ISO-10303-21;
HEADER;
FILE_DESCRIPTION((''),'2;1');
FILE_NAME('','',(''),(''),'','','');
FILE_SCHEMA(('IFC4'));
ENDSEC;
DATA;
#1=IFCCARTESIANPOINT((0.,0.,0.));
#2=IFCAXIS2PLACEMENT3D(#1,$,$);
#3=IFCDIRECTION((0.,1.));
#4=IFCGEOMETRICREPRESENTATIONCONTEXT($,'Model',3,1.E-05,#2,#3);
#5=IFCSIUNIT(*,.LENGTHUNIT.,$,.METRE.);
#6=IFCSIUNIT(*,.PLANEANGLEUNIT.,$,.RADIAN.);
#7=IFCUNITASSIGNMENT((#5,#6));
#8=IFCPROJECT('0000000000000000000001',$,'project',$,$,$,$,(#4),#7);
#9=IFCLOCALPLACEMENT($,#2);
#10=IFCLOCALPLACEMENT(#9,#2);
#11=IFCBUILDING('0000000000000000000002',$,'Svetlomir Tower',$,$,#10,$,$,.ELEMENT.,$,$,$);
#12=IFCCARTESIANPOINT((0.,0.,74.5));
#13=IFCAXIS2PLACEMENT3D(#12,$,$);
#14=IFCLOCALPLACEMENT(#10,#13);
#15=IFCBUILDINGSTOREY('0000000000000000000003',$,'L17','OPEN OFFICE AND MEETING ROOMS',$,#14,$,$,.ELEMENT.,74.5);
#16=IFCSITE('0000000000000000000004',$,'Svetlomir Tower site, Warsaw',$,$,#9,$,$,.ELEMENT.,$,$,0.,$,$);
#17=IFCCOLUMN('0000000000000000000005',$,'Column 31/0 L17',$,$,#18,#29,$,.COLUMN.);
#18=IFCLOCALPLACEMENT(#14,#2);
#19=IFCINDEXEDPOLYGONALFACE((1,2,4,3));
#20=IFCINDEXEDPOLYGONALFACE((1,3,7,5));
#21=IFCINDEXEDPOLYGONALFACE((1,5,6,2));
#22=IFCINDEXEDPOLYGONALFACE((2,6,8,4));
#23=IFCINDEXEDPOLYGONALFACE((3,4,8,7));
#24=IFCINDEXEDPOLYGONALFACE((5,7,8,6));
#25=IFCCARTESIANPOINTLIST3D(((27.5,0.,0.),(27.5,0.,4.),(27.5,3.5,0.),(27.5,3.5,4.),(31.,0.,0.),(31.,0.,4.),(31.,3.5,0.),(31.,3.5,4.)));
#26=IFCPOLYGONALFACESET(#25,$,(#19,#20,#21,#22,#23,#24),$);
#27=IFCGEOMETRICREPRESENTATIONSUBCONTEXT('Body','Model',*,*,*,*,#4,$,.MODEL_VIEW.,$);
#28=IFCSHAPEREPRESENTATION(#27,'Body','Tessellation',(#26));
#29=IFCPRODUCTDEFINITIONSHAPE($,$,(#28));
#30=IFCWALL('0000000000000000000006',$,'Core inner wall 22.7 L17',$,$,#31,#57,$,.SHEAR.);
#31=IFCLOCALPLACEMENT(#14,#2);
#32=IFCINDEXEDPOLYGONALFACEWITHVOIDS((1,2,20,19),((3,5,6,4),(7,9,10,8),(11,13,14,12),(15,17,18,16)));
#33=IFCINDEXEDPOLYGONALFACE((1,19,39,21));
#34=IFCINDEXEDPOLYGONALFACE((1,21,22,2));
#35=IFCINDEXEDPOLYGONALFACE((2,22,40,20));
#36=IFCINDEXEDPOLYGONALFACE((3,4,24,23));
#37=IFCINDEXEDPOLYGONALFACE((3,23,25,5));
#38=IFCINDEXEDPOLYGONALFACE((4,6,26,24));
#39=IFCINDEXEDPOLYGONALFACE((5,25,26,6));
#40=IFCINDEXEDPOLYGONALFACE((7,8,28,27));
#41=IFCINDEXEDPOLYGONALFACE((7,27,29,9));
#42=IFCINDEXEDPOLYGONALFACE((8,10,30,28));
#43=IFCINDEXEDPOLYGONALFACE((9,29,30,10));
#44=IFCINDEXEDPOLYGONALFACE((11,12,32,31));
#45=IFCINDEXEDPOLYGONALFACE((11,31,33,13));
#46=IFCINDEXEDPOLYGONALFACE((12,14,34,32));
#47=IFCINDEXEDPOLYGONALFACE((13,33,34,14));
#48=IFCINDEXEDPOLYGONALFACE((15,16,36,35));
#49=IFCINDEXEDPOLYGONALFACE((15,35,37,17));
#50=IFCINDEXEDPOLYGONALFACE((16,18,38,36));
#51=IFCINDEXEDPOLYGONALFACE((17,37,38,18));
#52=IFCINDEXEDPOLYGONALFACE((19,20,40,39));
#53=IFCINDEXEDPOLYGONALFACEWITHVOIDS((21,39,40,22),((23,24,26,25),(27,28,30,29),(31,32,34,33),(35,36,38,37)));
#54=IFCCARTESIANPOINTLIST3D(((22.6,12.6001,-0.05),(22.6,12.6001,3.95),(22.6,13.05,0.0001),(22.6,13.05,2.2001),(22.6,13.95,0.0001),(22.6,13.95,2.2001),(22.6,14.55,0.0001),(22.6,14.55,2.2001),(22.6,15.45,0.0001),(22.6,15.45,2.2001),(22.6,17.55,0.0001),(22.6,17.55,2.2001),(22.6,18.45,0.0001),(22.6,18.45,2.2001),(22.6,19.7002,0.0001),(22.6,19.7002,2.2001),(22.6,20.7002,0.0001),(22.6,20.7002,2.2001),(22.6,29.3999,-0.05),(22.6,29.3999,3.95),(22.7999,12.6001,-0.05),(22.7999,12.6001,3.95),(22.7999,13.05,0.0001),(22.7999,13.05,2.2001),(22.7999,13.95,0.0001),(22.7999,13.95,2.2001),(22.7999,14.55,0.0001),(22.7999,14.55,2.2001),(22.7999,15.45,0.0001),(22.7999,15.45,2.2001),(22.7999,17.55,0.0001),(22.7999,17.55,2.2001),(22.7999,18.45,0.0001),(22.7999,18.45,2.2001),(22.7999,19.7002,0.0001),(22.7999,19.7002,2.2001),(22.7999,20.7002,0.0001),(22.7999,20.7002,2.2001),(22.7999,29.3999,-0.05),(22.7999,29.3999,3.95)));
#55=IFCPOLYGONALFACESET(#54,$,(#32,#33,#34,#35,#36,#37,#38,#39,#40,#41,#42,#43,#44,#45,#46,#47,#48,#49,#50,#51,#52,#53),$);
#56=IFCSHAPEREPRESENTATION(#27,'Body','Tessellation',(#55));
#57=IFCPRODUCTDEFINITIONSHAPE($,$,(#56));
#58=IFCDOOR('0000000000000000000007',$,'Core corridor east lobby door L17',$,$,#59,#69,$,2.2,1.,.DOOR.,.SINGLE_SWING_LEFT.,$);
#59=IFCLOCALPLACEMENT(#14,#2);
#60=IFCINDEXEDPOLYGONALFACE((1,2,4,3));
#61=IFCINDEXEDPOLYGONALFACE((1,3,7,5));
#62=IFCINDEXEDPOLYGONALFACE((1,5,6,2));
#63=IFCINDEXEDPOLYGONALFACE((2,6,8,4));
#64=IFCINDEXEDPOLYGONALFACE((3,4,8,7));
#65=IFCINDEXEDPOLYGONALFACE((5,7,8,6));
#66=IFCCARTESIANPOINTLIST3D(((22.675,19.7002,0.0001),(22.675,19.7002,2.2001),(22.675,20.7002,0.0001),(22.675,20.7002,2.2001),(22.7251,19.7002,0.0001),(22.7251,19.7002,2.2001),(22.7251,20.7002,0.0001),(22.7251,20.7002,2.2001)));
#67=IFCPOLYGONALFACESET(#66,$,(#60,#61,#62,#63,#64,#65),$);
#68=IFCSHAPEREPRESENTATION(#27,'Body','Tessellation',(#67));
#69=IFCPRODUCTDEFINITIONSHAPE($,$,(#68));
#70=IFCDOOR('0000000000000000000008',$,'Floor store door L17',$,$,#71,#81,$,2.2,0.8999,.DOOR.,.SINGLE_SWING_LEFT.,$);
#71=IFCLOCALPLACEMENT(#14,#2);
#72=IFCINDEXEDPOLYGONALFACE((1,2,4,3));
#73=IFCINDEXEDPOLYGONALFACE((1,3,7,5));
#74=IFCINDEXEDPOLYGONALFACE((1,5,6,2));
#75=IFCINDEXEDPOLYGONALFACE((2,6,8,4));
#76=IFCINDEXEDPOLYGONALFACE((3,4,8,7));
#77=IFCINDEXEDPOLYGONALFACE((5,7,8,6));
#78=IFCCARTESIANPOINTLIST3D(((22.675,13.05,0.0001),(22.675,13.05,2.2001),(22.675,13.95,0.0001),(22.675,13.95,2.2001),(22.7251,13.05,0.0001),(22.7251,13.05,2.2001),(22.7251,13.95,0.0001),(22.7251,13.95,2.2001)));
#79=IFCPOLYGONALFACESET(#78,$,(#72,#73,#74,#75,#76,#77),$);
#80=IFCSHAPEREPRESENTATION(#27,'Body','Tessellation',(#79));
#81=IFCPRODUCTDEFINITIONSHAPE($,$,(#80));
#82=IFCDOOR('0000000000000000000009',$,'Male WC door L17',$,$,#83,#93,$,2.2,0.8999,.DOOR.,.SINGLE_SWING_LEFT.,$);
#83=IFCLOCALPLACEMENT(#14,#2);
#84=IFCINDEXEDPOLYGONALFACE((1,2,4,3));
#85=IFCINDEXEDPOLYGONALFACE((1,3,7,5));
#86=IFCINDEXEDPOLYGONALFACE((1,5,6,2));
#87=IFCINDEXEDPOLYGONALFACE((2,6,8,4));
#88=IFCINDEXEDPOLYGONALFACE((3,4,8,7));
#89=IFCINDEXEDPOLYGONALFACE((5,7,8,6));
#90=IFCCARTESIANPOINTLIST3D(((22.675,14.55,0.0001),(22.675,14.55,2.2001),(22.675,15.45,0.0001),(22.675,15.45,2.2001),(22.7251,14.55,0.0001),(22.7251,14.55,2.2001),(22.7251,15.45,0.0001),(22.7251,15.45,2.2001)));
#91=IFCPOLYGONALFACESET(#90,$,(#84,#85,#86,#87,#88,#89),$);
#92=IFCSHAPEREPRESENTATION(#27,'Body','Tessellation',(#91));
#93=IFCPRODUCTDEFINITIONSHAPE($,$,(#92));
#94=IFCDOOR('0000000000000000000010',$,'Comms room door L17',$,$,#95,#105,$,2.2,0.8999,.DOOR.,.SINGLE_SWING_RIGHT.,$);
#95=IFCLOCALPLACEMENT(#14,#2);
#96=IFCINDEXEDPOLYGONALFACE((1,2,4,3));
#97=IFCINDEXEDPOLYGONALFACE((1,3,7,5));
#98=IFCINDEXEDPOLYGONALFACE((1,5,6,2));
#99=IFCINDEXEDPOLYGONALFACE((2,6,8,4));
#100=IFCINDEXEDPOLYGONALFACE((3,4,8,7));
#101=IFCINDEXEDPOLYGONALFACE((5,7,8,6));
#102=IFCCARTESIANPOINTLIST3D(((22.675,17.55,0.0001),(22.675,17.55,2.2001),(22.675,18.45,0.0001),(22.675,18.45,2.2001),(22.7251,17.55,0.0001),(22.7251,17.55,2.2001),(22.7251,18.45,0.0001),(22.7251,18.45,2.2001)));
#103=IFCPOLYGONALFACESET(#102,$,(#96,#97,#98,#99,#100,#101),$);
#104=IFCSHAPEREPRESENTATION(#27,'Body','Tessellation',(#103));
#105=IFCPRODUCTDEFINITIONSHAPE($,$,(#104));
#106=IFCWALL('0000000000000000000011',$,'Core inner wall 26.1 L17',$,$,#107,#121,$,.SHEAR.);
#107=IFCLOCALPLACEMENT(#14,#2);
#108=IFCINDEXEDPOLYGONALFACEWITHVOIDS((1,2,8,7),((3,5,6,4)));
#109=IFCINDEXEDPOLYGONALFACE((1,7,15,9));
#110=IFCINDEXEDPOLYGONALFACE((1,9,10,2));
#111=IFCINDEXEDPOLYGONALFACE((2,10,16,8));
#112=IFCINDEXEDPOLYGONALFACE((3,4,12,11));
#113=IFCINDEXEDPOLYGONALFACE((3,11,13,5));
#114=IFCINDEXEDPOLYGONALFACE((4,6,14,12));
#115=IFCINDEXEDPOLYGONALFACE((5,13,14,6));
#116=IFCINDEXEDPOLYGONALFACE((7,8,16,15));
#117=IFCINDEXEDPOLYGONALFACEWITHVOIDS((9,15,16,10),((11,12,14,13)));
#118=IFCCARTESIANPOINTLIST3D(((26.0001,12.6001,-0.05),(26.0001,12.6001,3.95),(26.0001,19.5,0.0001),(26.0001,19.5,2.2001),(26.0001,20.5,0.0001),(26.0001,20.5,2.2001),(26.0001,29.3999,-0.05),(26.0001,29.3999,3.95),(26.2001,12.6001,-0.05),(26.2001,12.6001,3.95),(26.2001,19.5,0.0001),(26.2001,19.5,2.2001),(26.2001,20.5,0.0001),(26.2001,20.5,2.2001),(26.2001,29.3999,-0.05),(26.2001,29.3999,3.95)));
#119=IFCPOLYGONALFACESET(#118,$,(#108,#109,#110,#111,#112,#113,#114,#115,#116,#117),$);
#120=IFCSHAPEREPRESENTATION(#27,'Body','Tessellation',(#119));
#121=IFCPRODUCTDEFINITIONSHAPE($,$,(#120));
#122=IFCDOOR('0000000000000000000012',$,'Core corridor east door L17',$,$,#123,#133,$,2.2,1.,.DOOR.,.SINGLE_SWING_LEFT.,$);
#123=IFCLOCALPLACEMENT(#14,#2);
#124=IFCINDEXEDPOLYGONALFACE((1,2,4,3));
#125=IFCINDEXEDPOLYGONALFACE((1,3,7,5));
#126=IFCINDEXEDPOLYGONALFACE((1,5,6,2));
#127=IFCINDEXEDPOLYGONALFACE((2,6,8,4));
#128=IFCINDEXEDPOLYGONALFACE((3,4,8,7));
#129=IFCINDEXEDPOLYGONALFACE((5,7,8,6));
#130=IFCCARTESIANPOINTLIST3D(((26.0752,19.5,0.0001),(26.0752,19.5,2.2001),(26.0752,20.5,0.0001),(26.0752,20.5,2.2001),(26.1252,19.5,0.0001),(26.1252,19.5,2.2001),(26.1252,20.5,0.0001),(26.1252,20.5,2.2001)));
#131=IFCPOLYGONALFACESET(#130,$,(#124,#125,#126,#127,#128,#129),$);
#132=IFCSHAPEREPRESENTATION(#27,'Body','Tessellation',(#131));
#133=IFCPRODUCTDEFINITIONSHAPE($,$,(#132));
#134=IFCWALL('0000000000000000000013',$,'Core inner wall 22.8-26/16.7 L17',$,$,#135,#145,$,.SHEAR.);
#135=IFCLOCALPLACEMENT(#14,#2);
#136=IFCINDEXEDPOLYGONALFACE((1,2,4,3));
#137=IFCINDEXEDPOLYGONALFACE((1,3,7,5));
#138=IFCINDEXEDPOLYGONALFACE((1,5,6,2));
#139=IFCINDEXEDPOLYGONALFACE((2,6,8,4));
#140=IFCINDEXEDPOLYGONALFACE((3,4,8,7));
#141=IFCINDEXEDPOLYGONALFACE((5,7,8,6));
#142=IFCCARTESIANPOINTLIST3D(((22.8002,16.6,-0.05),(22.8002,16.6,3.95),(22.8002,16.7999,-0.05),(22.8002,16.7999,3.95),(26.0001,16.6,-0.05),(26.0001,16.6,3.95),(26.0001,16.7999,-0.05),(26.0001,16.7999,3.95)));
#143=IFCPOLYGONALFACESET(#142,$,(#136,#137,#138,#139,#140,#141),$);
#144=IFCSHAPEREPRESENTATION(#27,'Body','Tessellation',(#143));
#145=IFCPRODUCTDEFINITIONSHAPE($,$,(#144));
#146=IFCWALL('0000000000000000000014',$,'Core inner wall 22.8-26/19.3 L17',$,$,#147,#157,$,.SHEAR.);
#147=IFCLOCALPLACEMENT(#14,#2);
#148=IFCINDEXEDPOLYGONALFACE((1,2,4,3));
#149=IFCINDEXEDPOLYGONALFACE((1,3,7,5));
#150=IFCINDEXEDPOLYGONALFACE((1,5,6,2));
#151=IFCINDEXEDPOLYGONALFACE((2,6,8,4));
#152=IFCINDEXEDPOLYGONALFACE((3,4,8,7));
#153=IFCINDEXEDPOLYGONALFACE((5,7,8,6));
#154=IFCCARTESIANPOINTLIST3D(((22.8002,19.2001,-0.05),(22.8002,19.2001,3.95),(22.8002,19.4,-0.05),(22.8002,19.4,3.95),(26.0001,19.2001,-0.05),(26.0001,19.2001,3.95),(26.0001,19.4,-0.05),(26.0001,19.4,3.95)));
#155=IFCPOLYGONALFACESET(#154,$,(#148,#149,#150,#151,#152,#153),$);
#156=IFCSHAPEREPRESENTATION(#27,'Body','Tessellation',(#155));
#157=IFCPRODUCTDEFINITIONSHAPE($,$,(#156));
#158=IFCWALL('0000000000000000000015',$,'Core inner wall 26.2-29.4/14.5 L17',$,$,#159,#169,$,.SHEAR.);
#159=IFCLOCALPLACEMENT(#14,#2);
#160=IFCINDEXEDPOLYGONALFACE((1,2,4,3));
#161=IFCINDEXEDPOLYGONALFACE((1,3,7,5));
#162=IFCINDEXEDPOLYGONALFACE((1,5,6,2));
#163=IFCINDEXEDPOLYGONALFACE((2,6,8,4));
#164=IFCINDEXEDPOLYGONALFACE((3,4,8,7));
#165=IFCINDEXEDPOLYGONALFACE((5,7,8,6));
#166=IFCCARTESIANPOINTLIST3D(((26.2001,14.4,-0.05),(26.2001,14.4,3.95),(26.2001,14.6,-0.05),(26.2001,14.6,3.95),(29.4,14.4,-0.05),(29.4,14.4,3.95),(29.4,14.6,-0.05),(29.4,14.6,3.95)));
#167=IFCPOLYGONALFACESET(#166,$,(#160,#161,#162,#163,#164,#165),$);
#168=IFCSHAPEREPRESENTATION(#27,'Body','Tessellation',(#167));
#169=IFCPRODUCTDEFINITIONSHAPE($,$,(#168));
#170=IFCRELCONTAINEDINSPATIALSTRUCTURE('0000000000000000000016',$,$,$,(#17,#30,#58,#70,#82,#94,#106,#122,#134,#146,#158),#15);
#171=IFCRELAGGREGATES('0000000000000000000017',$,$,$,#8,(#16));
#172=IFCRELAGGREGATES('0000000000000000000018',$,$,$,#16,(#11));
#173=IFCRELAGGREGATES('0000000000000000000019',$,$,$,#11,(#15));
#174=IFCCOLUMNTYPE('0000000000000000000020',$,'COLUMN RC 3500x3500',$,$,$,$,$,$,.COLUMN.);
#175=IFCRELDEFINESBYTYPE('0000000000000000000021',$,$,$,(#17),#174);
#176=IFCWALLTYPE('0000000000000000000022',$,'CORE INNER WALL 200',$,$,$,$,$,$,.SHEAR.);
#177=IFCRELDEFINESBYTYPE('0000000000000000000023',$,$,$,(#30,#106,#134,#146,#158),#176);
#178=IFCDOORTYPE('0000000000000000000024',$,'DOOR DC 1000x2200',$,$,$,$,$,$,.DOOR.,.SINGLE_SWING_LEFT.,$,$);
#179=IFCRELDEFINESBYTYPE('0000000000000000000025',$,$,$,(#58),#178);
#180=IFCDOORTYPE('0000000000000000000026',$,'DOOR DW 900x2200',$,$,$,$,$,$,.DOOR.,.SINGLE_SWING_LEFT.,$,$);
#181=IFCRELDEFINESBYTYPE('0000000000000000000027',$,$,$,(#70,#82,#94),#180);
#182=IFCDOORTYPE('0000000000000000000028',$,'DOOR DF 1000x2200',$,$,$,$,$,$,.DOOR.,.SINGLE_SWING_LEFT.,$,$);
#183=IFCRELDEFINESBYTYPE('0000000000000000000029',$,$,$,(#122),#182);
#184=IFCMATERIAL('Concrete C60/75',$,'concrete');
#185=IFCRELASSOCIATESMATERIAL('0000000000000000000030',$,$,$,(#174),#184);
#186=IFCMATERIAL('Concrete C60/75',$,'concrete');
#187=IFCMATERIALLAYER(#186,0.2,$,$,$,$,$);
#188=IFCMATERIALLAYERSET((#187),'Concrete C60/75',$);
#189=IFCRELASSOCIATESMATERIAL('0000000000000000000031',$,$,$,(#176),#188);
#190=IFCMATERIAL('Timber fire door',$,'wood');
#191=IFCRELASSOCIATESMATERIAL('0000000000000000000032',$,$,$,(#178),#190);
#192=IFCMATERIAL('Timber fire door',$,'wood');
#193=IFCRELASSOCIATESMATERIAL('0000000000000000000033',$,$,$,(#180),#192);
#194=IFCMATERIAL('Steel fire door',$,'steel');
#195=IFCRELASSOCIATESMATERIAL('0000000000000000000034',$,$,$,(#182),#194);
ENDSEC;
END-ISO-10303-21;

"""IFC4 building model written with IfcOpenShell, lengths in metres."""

from ifc_helpers import new_model, si_unit, direction, frame, frame_2d, origin, origin_2d, place, context, subcontext, project, spatial, rectangle, extrude, material, layer, layer_set, material_profile, profile_set, type_object, element, fill, save


model = new_model("IFC4")

# Units and contexts
model_context = context("Model", 3, precision=1e-05, world=origin(), true_north=direction((0.0, 1.0)))
body_context = subcontext(model_context, "Body", "Model", "MODEL_VIEW")
ifc_project = project(units=[si_unit("LENGTHUNIT", "METRE"), si_unit("PLANEANGLEUNIT", "RADIAN")], contexts=[model_context])

# Site, building, storey
site_placement = place(None, origin())
site = spatial("IfcSite", under=ifc_project, at=site_placement, Name="Svetlomir Tower site, Warsaw", CompositionType="ELEMENT", RefElevation=0.0)
building_placement = place(site_placement, origin())
building = spatial("IfcBuilding", under=site, at=building_placement, Name="Svetlomir Tower", CompositionType="ELEMENT")
storey_placement = place(building_placement, frame((0.0, 0.0, 74.5)))
storey = spatial("IfcBuildingStorey", under=building, at=storey_placement, Name="L17", Description="OPEN OFFICE AND MEETING ROOMS", CompositionType="ELEMENT", Elevation=74.5)

# Column
ifc_material_1 = material(Name="Concrete C60/75", Category="concrete")
ifc_material_profile = material_profile(ifc_material_1, rectangle(XDim=3.5, YDim=3.5, at=origin_2d()), Name="RC 3500x3500")
ifc_profile_set = profile_set([ifc_material_profile], Name="Concrete C60/75")
column_type = type_object("IfcColumnType", Name="COLUMN RC 3500x3500", PredefinedType="COLUMN", material=ifc_profile_set)
column_placement = place(storey_placement, frame((29.25, 1.75, 0.0), z_axis=(0.0, 0.0, 1.0), x_axis=(1.0, 0.0, 0.0)))
element("IfcColumn", 1, at=column_placement, inside=storey, type_object=column_type, Name="Column 31/0 L17", PredefinedType="COLUMN", context=body_context, shape_type="SweptSolid", body=[
    extrude(rectangle(XDim=3.5, YDim=3.5, at=origin_2d()), origin(), (0.0, 0.0, 1.0), 4.0),
])

# Wall, openings, doors
ifc_material_2 = material(Name="Concrete C60/75", Category="concrete")
ifc_layer_1 = layer(ifc_material_2, 0.2)
ifc_layer_set_1 = layer_set([ifc_layer_1], Name="Concrete C60/75")
wall_type_1 = type_object("IfcWallType", Name="CORE INNER WALL 200", PredefinedType="SHEAR", material=ifc_layer_set_1)
wall_1_placement = place(storey_placement, frame((22.7, 12.6001, -0.05), z_axis=(0.0, 0.0, 1.0), x_axis=(0.0, 1.0, 0.0)))
wall_1 = element("IfcWall", 2, at=wall_1_placement, inside=storey, type_object=wall_type_1, Name="Core inner wall 22.7 L17", PredefinedType="SHEAR", context=body_context, shape_type="SweptSolid", body=[
    extrude(rectangle(XDim=16.7998, YDim=0.2, at=frame_2d((8.3999, 0.0))), origin(), (0.0, 0.0, 1.0), 4.0),
])
opening_1_placement = place(wall_1_placement, frame((0.45, 0.0, 0.05)))
opening_1 = element("IfcOpeningElement", 3, at=opening_1_placement, cuts=wall_1, PredefinedType="OPENING", context=body_context, shape_type="SweptSolid", body=[
    extrude(rectangle(XDim=0.8999, YDim=2.2, at=frame_2d((0.45, 1.1001))), frame((0.0, 0.1099, 0.0), z_axis=(0.0, -1.0, 0.0), x_axis=(1.0, 0.0, 0.0)), (0.0, 0.0, 1.0), 0.22),
])
opening_2_placement = place(wall_1_placement, frame((7.1001, 0.0, 0.05)))
opening_2 = element("IfcOpeningElement", 4, at=opening_2_placement, cuts=wall_1, PredefinedType="OPENING", context=body_context, shape_type="SweptSolid", body=[
    extrude(rectangle(XDim=1.0, YDim=2.2, at=frame_2d((0.5, 1.1001))), frame((0.0, 0.1099, 0.0), z_axis=(0.0, -1.0, 0.0), x_axis=(1.0, 0.0, 0.0)), (0.0, 0.0, 1.0), 0.22),
])
opening_3_placement = place(wall_1_placement, frame((1.95, 0.0, 0.05)))
opening_3 = element("IfcOpeningElement", 5, at=opening_3_placement, cuts=wall_1, PredefinedType="OPENING", context=body_context, shape_type="SweptSolid", body=[
    extrude(rectangle(XDim=0.8999, YDim=2.2, at=frame_2d((0.45, 1.1001))), frame((0.0, 0.1099, 0.0), z_axis=(0.0, -1.0, 0.0), x_axis=(1.0, 0.0, 0.0)), (0.0, 0.0, 1.0), 0.22),
])
opening_4_placement = place(wall_1_placement, frame((4.95, 0.0, 0.05)))
opening_4 = element("IfcOpeningElement", 6, at=opening_4_placement, cuts=wall_1, PredefinedType="OPENING", context=body_context, shape_type="SweptSolid", body=[
    extrude(rectangle(XDim=0.8999, YDim=2.2, at=frame_2d((0.45, 1.1001))), frame((0.0, 0.1099, 0.0), z_axis=(0.0, -1.0, 0.0), x_axis=(1.0, 0.0, 0.0)), (0.0, 0.0, 1.0), 0.22),
])
ifc_material_3 = material(Name="Timber fire door", Category="wood")
door_type_1 = type_object("IfcDoorType", Name="DOOR DC 1000x2200", OperationType="SINGLE_SWING_LEFT", PredefinedType="DOOR", material=ifc_material_3)
door_1_placement = place(opening_2_placement, origin())
door_1 = element("IfcDoor", 7, at=door_1_placement, inside=storey, type_object=door_type_1, Name="Core corridor east lobby door L17", OperationType="SINGLE_SWING_LEFT", OverallHeight=2.2, OverallWidth=1.0, PredefinedType="DOOR", context=body_context, shape_type="SweptSolid", body=[
    extrude(rectangle(XDim=1.0, YDim=2.2, at=frame_2d((0.5, 1.1001))), frame((0.0, 0.0249, 0.0), z_axis=(0.0, -1.0, 0.0), x_axis=(1.0, 0.0, 0.0)), (0.0, 0.0, 1.0), 0.05),
])
fill(opening_2, door_1)
ifc_material_4 = material(Name="Timber fire door", Category="wood")
door_type_2 = type_object("IfcDoorType", Name="DOOR DW 900x2200", OperationType="SINGLE_SWING_LEFT", PredefinedType="DOOR", material=ifc_material_4)
door_2_placement = place(opening_1_placement, origin())
door_2 = element("IfcDoor", 8, at=door_2_placement, inside=storey, type_object=door_type_2, Name="Floor store door L17", OperationType="SINGLE_SWING_LEFT", OverallHeight=2.2, OverallWidth=0.8999, PredefinedType="DOOR", context=body_context, shape_type="SweptSolid", body=[
    extrude(rectangle(XDim=0.8999, YDim=2.2, at=frame_2d((0.45, 1.1001))), frame((0.0, 0.0249, 0.0), z_axis=(0.0, -1.0, 0.0), x_axis=(1.0, 0.0, 0.0)), (0.0, 0.0, 1.0), 0.05),
])
fill(opening_1, door_2)
door_3_placement = place(opening_3_placement, origin())
door_3 = element("IfcDoor", 9, at=door_3_placement, inside=storey, type_object=door_type_2, Name="Male WC door L17", OperationType="SINGLE_SWING_LEFT", OverallHeight=2.2, OverallWidth=0.8999, PredefinedType="DOOR", context=body_context, shape_type="SweptSolid", body=[
    extrude(rectangle(XDim=0.8999, YDim=2.2, at=frame_2d((0.45, 1.1001))), frame((0.0, 0.0249, 0.0), z_axis=(0.0, -1.0, 0.0), x_axis=(1.0, 0.0, 0.0)), (0.0, 0.0, 1.0), 0.05),
])
fill(opening_3, door_3)
door_4_placement = place(opening_4_placement, origin())
door_4 = element("IfcDoor", 10, at=door_4_placement, inside=storey, type_object=door_type_2, Name="Comms room door L17", OperationType="SINGLE_SWING_RIGHT", OverallHeight=2.2, OverallWidth=0.8999, PredefinedType="DOOR", context=body_context, shape_type="SweptSolid", body=[
    extrude(rectangle(XDim=0.8999, YDim=2.2, at=frame_2d((0.45, 1.1001))), frame((0.0, 0.0249, 0.0), z_axis=(0.0, -1.0, 0.0), x_axis=(1.0, 0.0, 0.0)), (0.0, 0.0, 1.0), 0.05),
])
fill(opening_4, door_4)

# Wall, opening, door
wall_2_placement = place(storey_placement, frame((26.1001, 12.6001, -0.05), z_axis=(0.0, 0.0, 1.0), x_axis=(0.0, 1.0, 0.0)))
wall_2 = element("IfcWall", 11, at=wall_2_placement, inside=storey, type_object=wall_type_1, Name="Core inner wall 26.1 L17", PredefinedType="SHEAR", context=body_context, shape_type="SweptSolid", body=[
    extrude(rectangle(XDim=16.7998, YDim=0.2, at=frame_2d((8.3999, 0.0))), origin(), (0.0, 0.0, 1.0), 4.0),
])
opening_5_placement = place(wall_2_placement, frame((6.8999, 0.0, 0.05)))
opening_5 = element("IfcOpeningElement", 12, at=opening_5_placement, cuts=wall_2, PredefinedType="OPENING", context=body_context, shape_type="SweptSolid", body=[
    extrude(rectangle(XDim=1.0, YDim=2.2, at=frame_2d((0.5, 1.1001))), frame((0.0, 0.1099, 0.0), z_axis=(0.0, -1.0, 0.0), x_axis=(1.0, 0.0, 0.0)), (0.0, 0.0, 1.0), 0.22),
])
ifc_material_5 = material(Name="Steel fire door", Category="steel")
door_type_3 = type_object("IfcDoorType", Name="DOOR DF 1000x2200", OperationType="SINGLE_SWING_LEFT", PredefinedType="DOOR", material=ifc_material_5)
door_5_placement = place(opening_5_placement, origin())
door_5 = element("IfcDoor", 13, at=door_5_placement, inside=storey, type_object=door_type_3, Name="Core corridor east door L17", OperationType="SINGLE_SWING_LEFT", OverallHeight=2.2, OverallWidth=1.0, PredefinedType="DOOR", context=body_context, shape_type="SweptSolid", body=[
    extrude(rectangle(XDim=1.0, YDim=2.2, at=frame_2d((0.5, 1.1001))), frame((0.0, 0.0249, 0.0), z_axis=(0.0, -1.0, 0.0), x_axis=(1.0, 0.0, 0.0)), (0.0, 0.0, 1.0), 0.05),
])
fill(opening_5, door_5)

# Walls
for number, where, z_axis, x_axis, name in (
    (14, (22.8, 16.7, -0.05), (0.0, 0.0, 1.0), (1.0, 0.0, 0.0), "Core inner wall 22.8-26/16.7 L17"),
    (15, (22.8, 19.3, -0.05), (0.0, 0.0, 1.0), (1.0, 0.0, 0.0), "Core inner wall 22.8-26/19.3 L17"),
    (16, (26.2, 14.5, -0.05), (0.0, 0.0, 1.0), (1.0, 0.0, 0.0), "Core inner wall 26.2-29.4/14.5 L17"),
):
    element("IfcWall", number, at=place(storey_placement, frame(where, z_axis=z_axis, x_axis=x_axis)), inside=storey, type_object=wall_type_1, Name=name, PredefinedType="SHEAR", context=body_context, shape_type="SweptSolid", body=[
        extrude(rectangle(XDim=3.2, YDim=0.2, at=frame_2d((1.6001, 0.0))), origin(), (0.0, 0.0, 1.0), 4.0),
    ])

save(model, "model.ifc")
